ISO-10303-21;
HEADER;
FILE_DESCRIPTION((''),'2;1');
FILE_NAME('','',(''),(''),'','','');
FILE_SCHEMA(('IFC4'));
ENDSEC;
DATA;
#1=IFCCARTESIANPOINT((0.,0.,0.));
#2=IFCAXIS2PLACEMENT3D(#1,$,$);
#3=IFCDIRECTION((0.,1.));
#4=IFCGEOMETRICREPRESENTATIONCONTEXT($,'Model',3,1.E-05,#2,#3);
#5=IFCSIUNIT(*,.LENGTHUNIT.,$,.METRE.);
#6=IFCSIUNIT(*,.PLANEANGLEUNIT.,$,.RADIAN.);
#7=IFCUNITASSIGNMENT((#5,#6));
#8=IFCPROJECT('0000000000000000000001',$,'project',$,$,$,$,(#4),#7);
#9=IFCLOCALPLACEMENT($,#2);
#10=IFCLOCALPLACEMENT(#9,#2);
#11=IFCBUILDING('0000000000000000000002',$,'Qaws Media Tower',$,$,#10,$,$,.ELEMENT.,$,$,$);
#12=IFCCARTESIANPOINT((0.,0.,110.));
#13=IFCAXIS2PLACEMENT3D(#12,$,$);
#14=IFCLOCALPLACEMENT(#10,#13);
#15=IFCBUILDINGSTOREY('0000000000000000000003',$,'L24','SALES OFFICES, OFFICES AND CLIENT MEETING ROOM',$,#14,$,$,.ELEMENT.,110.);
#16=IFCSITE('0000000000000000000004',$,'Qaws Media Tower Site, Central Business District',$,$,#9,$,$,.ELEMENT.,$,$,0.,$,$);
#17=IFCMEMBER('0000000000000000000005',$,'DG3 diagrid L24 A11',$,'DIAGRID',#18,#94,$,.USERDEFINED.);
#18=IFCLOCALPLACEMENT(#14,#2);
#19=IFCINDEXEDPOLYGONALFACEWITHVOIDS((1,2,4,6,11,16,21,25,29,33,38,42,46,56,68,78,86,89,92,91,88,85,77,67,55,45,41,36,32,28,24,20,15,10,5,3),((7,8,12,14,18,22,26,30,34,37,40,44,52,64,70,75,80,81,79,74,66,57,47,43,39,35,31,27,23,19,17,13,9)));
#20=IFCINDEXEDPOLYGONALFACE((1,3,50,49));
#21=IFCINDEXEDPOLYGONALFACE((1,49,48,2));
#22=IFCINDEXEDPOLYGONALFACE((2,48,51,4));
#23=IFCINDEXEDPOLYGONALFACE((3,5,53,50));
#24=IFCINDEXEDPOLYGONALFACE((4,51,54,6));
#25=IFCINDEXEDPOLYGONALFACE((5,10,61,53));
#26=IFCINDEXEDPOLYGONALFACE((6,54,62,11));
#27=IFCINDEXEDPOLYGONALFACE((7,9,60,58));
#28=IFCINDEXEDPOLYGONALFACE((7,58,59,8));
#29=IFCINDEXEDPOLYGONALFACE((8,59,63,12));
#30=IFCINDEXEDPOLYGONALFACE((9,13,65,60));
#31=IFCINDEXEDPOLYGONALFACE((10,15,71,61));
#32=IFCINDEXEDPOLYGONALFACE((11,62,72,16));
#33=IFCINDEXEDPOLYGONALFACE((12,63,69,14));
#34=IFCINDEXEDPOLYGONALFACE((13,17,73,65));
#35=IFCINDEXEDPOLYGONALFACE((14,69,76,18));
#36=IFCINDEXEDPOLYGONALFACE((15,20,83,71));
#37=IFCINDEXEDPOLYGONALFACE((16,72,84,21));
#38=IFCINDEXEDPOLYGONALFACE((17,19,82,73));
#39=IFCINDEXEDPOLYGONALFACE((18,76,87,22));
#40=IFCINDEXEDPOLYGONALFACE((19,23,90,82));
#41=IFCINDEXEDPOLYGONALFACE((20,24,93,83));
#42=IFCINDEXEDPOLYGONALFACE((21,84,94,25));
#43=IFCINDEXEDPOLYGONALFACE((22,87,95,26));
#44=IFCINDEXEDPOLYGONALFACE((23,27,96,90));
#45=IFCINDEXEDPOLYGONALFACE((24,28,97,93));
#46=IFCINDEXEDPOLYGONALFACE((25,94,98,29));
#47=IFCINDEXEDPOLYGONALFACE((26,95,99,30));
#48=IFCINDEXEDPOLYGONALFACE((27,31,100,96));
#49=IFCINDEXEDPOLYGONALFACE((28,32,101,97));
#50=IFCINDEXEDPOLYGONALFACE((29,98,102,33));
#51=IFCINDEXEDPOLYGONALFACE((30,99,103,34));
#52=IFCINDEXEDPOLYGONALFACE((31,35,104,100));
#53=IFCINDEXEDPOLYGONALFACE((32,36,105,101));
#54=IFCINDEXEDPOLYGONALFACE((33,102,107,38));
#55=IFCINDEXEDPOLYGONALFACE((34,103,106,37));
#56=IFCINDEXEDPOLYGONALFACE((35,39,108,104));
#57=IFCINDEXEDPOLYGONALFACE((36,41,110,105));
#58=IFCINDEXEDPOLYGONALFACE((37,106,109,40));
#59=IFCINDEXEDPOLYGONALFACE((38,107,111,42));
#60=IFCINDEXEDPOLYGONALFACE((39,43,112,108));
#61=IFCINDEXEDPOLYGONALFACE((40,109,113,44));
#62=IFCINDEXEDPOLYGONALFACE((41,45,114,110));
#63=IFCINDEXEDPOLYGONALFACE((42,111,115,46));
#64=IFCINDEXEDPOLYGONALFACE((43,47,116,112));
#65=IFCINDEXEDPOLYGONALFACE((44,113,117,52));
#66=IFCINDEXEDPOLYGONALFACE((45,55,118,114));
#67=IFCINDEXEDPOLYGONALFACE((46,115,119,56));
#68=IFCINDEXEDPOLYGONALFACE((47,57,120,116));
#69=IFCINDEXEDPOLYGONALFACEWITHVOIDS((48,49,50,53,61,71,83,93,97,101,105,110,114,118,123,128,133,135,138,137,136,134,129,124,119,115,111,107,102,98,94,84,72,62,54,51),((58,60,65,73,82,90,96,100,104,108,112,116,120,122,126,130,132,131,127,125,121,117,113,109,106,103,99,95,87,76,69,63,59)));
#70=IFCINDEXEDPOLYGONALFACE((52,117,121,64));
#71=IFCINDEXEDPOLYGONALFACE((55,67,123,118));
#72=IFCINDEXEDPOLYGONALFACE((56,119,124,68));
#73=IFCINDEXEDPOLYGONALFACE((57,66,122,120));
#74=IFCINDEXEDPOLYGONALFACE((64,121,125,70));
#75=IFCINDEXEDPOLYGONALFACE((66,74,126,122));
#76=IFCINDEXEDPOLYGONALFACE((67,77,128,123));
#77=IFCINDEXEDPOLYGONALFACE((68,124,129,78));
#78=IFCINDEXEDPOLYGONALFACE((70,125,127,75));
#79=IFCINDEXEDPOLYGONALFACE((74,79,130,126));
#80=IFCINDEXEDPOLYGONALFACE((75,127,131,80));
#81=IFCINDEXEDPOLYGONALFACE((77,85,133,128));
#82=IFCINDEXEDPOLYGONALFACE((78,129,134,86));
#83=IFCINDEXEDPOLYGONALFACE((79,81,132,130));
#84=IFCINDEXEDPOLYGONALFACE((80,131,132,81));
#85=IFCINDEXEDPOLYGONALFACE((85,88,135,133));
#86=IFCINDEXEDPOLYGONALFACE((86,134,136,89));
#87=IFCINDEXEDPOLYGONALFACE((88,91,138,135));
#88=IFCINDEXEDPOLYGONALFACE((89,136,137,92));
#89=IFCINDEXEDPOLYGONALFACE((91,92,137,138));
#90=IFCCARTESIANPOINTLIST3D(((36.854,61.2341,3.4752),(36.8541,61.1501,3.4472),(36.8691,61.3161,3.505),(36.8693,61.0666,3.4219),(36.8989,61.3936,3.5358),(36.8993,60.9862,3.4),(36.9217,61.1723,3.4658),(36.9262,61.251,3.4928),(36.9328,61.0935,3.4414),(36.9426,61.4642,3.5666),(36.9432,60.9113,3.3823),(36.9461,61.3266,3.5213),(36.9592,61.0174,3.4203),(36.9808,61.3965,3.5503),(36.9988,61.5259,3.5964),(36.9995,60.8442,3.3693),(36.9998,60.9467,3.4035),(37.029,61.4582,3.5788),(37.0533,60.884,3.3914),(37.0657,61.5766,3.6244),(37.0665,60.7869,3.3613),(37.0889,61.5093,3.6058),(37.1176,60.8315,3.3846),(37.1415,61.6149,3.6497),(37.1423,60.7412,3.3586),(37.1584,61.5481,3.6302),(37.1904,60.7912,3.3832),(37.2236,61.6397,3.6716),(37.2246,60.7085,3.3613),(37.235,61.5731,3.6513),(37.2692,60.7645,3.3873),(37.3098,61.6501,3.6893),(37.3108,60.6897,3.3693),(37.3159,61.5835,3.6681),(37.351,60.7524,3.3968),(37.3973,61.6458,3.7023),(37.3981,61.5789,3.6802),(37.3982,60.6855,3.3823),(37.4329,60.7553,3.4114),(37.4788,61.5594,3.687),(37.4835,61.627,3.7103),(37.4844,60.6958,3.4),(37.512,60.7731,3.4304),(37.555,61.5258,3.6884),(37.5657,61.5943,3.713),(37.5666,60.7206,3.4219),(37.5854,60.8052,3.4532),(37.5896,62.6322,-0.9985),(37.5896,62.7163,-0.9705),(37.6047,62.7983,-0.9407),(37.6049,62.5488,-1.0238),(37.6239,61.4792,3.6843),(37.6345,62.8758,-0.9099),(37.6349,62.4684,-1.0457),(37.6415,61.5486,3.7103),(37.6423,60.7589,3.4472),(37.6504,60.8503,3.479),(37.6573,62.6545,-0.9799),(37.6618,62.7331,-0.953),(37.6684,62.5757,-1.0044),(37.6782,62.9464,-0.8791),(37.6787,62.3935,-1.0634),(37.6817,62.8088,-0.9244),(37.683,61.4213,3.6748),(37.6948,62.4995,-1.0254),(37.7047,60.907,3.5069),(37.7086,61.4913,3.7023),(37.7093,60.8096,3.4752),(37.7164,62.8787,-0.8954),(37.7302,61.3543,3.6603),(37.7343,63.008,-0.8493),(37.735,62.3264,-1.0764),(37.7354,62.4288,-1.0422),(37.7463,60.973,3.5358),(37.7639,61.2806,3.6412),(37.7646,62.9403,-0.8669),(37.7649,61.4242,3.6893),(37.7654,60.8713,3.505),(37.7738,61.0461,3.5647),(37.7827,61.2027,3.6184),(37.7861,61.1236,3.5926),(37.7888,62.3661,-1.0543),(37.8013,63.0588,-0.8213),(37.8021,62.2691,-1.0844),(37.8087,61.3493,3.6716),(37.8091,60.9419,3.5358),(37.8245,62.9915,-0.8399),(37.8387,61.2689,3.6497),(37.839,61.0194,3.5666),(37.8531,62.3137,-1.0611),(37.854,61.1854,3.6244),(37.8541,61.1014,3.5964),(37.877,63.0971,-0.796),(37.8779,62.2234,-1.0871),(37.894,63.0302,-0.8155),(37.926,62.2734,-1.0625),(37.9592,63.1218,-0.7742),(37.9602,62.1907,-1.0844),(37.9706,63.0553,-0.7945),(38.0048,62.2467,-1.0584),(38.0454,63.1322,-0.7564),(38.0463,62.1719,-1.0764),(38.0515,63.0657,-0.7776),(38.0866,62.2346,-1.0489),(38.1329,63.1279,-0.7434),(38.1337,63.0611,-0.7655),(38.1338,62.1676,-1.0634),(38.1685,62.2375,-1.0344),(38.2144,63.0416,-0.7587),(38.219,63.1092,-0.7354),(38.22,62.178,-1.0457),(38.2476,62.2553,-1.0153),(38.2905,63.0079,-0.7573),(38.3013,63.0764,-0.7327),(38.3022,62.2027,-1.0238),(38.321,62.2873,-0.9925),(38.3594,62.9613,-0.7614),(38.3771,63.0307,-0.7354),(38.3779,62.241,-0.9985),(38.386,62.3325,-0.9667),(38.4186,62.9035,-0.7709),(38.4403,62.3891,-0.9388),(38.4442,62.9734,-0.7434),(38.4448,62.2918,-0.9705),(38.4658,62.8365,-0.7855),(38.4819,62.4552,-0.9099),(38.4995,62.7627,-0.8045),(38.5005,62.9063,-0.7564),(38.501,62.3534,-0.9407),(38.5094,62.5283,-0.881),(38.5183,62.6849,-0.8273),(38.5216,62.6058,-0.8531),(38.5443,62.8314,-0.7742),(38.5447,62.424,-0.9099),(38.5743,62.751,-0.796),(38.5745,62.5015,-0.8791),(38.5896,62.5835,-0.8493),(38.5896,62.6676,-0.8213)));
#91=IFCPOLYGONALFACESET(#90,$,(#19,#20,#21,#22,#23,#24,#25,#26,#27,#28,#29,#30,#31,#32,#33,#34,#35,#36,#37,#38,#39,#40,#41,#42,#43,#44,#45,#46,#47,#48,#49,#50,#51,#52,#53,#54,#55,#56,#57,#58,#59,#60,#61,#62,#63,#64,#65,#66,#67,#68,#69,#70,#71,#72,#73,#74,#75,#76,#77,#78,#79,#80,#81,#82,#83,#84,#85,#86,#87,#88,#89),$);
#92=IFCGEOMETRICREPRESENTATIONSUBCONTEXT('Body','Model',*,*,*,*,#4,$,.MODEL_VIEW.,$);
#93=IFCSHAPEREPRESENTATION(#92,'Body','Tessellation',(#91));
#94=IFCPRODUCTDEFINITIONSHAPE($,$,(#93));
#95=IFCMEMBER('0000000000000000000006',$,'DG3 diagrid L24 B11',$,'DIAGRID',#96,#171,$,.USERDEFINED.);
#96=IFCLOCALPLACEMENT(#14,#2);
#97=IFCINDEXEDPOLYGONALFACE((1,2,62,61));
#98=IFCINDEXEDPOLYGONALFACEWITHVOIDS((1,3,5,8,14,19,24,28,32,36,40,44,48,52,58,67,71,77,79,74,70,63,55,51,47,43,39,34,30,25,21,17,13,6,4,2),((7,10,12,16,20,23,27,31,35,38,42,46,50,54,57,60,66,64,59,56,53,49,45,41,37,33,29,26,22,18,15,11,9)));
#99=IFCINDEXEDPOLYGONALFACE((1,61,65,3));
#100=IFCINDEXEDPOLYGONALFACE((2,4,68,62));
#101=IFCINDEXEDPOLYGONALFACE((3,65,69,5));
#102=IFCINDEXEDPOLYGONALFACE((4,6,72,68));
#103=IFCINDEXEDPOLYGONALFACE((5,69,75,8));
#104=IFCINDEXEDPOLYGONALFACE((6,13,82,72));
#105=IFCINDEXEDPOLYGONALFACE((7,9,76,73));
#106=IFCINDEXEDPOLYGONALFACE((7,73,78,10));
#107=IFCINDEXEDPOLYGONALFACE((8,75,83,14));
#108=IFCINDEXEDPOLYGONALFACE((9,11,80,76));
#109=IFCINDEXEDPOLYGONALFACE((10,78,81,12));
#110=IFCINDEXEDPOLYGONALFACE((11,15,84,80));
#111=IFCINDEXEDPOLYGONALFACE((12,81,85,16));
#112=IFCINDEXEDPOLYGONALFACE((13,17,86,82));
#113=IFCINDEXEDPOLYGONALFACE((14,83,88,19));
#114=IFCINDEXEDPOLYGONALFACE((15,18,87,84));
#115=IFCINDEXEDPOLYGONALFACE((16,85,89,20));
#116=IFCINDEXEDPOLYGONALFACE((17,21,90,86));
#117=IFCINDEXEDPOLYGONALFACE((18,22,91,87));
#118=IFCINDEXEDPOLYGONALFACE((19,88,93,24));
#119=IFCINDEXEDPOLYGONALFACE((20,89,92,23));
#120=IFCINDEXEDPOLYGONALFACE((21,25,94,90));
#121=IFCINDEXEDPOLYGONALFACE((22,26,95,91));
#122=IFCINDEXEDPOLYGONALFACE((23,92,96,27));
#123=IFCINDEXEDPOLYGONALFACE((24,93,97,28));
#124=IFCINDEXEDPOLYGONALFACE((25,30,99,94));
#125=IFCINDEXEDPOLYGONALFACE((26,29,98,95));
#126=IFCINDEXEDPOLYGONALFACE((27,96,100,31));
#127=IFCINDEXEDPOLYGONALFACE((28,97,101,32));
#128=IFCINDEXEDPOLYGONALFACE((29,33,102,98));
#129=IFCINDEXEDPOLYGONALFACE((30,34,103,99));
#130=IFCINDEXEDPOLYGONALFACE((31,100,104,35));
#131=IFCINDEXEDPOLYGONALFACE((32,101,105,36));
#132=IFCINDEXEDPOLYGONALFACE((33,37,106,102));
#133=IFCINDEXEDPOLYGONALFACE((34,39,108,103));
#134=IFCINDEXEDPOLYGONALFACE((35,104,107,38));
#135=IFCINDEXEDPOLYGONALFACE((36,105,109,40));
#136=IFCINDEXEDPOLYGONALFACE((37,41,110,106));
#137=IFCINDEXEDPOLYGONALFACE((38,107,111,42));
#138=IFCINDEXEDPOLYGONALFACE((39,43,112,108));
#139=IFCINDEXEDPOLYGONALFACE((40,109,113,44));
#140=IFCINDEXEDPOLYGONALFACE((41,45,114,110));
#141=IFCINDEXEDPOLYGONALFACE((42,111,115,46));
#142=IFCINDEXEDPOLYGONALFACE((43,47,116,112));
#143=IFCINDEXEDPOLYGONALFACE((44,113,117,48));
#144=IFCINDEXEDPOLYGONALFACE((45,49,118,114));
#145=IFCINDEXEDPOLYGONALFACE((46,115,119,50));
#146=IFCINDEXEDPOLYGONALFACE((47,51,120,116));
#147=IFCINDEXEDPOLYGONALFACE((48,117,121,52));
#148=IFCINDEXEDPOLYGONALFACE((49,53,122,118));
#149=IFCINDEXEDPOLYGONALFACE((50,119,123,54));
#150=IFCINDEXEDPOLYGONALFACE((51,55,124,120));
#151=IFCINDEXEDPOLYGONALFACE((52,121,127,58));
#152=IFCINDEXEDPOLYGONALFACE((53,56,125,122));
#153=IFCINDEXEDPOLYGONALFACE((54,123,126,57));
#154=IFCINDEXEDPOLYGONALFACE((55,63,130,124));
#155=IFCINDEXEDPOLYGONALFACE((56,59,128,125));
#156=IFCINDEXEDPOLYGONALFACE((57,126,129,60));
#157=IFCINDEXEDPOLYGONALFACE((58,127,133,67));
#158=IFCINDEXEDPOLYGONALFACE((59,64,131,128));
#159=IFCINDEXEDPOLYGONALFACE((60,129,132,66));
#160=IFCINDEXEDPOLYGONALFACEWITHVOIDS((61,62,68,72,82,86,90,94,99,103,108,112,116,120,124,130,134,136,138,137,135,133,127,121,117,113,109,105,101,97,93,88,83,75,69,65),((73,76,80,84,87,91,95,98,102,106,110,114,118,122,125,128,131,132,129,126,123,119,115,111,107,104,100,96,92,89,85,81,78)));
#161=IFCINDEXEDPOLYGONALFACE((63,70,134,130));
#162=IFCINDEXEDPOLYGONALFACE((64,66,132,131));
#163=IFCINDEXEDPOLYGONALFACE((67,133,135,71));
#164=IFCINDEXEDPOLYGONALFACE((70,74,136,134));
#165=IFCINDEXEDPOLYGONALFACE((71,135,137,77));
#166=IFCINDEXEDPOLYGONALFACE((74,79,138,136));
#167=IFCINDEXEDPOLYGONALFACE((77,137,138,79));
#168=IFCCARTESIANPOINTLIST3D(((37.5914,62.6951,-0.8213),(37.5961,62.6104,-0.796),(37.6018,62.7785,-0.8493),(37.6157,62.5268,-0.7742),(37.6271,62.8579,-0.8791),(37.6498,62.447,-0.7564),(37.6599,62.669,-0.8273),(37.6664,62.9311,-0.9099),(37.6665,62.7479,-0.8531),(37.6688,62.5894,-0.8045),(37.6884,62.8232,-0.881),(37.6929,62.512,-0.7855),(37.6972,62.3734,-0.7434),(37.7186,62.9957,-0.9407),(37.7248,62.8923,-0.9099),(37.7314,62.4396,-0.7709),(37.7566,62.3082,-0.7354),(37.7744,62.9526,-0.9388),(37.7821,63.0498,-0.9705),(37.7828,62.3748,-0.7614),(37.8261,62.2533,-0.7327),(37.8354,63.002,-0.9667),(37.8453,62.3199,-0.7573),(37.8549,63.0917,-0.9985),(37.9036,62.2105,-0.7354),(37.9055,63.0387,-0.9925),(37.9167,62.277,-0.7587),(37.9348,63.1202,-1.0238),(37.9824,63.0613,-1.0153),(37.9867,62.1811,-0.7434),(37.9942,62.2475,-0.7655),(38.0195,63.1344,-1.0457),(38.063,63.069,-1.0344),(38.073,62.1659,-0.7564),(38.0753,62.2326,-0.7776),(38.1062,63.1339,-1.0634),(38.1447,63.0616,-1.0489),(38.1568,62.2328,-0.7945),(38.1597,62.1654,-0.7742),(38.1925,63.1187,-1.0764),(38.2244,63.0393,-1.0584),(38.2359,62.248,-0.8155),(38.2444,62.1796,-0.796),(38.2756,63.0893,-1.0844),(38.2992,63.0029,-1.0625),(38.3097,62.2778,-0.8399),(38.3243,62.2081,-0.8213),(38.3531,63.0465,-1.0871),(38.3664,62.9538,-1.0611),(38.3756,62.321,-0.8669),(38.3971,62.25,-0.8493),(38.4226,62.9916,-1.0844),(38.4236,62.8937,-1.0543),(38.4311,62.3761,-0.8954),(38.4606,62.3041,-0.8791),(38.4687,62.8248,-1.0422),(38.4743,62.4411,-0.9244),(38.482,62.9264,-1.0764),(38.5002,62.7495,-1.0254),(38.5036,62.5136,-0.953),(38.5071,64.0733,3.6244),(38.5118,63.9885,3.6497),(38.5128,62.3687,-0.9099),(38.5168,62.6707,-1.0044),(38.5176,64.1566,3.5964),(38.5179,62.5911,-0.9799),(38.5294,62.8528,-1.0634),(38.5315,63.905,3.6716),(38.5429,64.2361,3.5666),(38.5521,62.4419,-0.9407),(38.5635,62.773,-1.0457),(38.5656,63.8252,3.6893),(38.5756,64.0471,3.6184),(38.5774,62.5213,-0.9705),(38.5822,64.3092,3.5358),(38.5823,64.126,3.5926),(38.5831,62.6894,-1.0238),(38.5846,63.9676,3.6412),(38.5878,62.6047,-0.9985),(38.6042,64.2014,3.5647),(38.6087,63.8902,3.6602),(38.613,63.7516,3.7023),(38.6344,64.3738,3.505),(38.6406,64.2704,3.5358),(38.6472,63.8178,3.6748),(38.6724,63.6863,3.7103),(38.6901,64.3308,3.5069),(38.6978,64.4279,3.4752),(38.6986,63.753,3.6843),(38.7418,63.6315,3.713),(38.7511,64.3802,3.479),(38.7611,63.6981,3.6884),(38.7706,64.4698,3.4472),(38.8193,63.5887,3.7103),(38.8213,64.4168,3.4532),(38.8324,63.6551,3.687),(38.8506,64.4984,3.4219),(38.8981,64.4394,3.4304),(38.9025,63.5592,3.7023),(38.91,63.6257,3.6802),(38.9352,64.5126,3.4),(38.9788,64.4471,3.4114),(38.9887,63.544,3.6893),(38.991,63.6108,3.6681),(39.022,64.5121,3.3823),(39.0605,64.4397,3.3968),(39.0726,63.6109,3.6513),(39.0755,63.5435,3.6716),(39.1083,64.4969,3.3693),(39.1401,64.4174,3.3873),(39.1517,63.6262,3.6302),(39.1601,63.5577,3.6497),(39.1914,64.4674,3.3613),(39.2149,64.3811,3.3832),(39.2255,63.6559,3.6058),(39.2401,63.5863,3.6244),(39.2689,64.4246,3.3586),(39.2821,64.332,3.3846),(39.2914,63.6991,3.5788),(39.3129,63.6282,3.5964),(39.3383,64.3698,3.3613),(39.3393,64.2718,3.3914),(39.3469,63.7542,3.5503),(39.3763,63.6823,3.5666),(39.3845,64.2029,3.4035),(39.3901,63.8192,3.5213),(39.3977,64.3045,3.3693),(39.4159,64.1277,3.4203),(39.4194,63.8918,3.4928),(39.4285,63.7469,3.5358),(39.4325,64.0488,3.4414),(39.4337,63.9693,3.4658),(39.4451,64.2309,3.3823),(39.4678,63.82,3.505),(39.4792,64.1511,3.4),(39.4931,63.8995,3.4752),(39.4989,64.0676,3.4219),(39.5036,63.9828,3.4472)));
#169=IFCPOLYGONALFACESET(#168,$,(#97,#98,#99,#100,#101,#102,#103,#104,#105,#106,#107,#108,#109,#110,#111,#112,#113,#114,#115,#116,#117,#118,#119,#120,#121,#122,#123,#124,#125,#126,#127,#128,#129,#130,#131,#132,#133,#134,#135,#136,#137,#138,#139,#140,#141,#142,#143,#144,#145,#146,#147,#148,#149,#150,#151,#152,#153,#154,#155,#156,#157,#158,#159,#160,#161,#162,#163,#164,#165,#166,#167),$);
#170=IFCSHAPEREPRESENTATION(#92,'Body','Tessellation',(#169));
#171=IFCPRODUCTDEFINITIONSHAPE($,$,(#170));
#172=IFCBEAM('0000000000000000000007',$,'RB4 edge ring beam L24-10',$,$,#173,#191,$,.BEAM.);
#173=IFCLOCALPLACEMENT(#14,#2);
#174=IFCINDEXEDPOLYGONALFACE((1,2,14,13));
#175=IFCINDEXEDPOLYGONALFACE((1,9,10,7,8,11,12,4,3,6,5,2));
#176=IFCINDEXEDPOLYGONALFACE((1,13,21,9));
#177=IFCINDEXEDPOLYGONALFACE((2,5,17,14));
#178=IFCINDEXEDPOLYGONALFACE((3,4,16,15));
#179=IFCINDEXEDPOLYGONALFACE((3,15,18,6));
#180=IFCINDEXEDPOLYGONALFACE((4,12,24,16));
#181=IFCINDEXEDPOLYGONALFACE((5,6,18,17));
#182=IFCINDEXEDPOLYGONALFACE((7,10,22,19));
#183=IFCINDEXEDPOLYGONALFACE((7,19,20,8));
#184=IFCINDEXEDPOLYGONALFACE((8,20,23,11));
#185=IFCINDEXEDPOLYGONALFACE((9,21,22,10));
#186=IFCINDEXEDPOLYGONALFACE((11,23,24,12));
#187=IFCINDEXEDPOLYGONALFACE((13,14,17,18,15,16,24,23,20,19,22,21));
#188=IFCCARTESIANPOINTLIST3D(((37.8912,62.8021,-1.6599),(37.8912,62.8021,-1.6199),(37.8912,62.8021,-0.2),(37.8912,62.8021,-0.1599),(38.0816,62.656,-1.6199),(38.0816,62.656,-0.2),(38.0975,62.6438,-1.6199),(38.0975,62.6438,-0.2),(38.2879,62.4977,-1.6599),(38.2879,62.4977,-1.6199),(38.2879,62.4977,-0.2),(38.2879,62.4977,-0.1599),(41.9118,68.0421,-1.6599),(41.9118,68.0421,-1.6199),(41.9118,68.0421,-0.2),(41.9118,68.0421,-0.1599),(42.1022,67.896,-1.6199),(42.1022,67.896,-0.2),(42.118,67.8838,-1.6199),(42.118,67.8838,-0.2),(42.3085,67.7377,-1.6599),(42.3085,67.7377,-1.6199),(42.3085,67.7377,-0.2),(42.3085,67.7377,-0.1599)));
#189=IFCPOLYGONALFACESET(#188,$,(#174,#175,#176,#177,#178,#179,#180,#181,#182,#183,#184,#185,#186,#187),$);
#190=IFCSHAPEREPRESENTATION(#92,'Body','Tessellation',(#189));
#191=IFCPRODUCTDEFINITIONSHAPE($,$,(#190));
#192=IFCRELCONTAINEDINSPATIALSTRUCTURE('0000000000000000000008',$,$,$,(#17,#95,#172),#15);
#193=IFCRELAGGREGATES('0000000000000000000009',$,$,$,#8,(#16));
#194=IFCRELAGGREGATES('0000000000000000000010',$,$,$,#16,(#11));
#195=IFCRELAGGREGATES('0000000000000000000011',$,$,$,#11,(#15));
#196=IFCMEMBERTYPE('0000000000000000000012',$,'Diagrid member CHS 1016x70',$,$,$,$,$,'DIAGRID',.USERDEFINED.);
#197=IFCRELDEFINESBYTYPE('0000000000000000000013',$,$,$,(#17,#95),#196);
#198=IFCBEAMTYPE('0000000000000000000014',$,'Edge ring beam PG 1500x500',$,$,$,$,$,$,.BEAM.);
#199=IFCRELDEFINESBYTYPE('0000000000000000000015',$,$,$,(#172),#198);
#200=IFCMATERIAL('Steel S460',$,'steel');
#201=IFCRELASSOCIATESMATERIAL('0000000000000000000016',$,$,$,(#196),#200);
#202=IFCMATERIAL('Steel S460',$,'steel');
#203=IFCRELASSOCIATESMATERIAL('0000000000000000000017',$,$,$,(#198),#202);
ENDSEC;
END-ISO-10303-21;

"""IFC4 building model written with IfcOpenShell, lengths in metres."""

from ifc_helpers import new_model, si_unit, direction, frame, origin, origin_2d, place, context, subcontext, project, spatial, hollow_circle, i_section, extrude, material, material_profile, profile_set, type_object, element, save


model = new_model("IFC4")

# Units and contexts
model_context = context("Model", 3, precision=1e-05, world=origin(), true_north=direction((0.0, 1.0)))
body_context = subcontext(model_context, "Body", "Model", "MODEL_VIEW")
ifc_project = project(units=[si_unit("LENGTHUNIT", "METRE"), si_unit("PLANEANGLEUNIT", "RADIAN")], contexts=[model_context])

# Site, building, storey
site_placement = place(None, origin())
site = spatial("IfcSite", under=ifc_project, at=site_placement, Name="Qaws Media Tower Site, Central Business District", CompositionType="ELEMENT", RefElevation=0.0)
building_placement = place(site_placement, origin())
building = spatial("IfcBuilding", under=site, at=building_placement, Name="Qaws Media Tower", CompositionType="ELEMENT")
storey_placement = place(building_placement, frame((0.0, 0.0, 110.0)))
storey = spatial("IfcBuildingStorey", under=building, at=storey_placement, Name="L24", Description="SALES OFFICES, OFFICES AND CLIENT MEETING ROOM", CompositionType="ELEMENT", Elevation=110.0)

# Members
ifc_material_1 = material(Name="Steel S460", Category="steel")
ifc_material_profile_1 = material_profile(ifc_material_1, hollow_circle(Radius=0.5081, WallThickness=0.0701, at=origin_2d()), Name="CHS 1016x70")
ifc_profile_set_1 = profile_set([ifc_material_profile_1], Name="Steel S460")
member_type_1 = type_object("IfcMemberType", Name="Diagrid member CHS 1016x70", ElementType="DIAGRID", PredefinedType="USERDEFINED", material=ifc_profile_set_1)
for number, where, z_axis, x_axis, name in (
    (1, (38.0896, 62.6499, -0.9099), (-0.155067, -0.312449, 0.937193), (0.895751, -0.444556, 0.0), "DG3 diagrid L24 A11"),
    (2, (38.0896, 62.6499, -0.9099), (0.193048, 0.290524, 0.937192), (-0.832889, 0.55344, 0.0), "DG3 diagrid L24 B11"),
):
    element("IfcMember", number, at=place(storey_placement, frame(where, z_axis=z_axis, x_axis=x_axis)), inside=storey, type_object=member_type_1, Name=name, ObjectType="DIAGRID", PredefinedType="USERDEFINED", context=body_context, shape_type="SweptSolid", body=[
        extrude(hollow_circle(Radius=0.5081, WallThickness=0.0701, at=origin_2d()), origin(), (0.0, 0.0, 1.0), 4.7437),
    ])

# Beam
ifc_material_2 = material(Name="Steel S460", Category="steel")
ifc_material_profile_2 = material_profile(ifc_material_2, i_section(OverallWidth=0.5, OverallDepth=1.5, WebThickness=0.02, FlangeThickness=0.04, at=origin_2d()), Name="PG 1500x500")
ifc_profile_set_2 = profile_set([ifc_material_profile_2], Name="Steel S460")
beam_type = type_object("IfcBeamType", Name="Edge ring beam PG 1500x500", PredefinedType="BEAM", material=ifc_profile_set_2)
beam_1_placement = place(storey_placement, frame((42.1101, 67.8899, -0.9099), z_axis=(-0.608735, -0.793374, 0.0), x_axis=(0.793374, -0.608735, 0.0)))
element("IfcBeam", 3, at=beam_1_placement, inside=storey, type_object=beam_type, Name="RB4 edge ring beam L24-10", PredefinedType="BEAM", context=body_context, shape_type="SweptSolid", body=[
    extrude(i_section(OverallWidth=0.5, OverallDepth=1.5, WebThickness=0.02, FlangeThickness=0.04, at=origin_2d()), origin(), (0.0, 0.0, 1.0), 6.6047),
])

save(model, "model.ifc")
